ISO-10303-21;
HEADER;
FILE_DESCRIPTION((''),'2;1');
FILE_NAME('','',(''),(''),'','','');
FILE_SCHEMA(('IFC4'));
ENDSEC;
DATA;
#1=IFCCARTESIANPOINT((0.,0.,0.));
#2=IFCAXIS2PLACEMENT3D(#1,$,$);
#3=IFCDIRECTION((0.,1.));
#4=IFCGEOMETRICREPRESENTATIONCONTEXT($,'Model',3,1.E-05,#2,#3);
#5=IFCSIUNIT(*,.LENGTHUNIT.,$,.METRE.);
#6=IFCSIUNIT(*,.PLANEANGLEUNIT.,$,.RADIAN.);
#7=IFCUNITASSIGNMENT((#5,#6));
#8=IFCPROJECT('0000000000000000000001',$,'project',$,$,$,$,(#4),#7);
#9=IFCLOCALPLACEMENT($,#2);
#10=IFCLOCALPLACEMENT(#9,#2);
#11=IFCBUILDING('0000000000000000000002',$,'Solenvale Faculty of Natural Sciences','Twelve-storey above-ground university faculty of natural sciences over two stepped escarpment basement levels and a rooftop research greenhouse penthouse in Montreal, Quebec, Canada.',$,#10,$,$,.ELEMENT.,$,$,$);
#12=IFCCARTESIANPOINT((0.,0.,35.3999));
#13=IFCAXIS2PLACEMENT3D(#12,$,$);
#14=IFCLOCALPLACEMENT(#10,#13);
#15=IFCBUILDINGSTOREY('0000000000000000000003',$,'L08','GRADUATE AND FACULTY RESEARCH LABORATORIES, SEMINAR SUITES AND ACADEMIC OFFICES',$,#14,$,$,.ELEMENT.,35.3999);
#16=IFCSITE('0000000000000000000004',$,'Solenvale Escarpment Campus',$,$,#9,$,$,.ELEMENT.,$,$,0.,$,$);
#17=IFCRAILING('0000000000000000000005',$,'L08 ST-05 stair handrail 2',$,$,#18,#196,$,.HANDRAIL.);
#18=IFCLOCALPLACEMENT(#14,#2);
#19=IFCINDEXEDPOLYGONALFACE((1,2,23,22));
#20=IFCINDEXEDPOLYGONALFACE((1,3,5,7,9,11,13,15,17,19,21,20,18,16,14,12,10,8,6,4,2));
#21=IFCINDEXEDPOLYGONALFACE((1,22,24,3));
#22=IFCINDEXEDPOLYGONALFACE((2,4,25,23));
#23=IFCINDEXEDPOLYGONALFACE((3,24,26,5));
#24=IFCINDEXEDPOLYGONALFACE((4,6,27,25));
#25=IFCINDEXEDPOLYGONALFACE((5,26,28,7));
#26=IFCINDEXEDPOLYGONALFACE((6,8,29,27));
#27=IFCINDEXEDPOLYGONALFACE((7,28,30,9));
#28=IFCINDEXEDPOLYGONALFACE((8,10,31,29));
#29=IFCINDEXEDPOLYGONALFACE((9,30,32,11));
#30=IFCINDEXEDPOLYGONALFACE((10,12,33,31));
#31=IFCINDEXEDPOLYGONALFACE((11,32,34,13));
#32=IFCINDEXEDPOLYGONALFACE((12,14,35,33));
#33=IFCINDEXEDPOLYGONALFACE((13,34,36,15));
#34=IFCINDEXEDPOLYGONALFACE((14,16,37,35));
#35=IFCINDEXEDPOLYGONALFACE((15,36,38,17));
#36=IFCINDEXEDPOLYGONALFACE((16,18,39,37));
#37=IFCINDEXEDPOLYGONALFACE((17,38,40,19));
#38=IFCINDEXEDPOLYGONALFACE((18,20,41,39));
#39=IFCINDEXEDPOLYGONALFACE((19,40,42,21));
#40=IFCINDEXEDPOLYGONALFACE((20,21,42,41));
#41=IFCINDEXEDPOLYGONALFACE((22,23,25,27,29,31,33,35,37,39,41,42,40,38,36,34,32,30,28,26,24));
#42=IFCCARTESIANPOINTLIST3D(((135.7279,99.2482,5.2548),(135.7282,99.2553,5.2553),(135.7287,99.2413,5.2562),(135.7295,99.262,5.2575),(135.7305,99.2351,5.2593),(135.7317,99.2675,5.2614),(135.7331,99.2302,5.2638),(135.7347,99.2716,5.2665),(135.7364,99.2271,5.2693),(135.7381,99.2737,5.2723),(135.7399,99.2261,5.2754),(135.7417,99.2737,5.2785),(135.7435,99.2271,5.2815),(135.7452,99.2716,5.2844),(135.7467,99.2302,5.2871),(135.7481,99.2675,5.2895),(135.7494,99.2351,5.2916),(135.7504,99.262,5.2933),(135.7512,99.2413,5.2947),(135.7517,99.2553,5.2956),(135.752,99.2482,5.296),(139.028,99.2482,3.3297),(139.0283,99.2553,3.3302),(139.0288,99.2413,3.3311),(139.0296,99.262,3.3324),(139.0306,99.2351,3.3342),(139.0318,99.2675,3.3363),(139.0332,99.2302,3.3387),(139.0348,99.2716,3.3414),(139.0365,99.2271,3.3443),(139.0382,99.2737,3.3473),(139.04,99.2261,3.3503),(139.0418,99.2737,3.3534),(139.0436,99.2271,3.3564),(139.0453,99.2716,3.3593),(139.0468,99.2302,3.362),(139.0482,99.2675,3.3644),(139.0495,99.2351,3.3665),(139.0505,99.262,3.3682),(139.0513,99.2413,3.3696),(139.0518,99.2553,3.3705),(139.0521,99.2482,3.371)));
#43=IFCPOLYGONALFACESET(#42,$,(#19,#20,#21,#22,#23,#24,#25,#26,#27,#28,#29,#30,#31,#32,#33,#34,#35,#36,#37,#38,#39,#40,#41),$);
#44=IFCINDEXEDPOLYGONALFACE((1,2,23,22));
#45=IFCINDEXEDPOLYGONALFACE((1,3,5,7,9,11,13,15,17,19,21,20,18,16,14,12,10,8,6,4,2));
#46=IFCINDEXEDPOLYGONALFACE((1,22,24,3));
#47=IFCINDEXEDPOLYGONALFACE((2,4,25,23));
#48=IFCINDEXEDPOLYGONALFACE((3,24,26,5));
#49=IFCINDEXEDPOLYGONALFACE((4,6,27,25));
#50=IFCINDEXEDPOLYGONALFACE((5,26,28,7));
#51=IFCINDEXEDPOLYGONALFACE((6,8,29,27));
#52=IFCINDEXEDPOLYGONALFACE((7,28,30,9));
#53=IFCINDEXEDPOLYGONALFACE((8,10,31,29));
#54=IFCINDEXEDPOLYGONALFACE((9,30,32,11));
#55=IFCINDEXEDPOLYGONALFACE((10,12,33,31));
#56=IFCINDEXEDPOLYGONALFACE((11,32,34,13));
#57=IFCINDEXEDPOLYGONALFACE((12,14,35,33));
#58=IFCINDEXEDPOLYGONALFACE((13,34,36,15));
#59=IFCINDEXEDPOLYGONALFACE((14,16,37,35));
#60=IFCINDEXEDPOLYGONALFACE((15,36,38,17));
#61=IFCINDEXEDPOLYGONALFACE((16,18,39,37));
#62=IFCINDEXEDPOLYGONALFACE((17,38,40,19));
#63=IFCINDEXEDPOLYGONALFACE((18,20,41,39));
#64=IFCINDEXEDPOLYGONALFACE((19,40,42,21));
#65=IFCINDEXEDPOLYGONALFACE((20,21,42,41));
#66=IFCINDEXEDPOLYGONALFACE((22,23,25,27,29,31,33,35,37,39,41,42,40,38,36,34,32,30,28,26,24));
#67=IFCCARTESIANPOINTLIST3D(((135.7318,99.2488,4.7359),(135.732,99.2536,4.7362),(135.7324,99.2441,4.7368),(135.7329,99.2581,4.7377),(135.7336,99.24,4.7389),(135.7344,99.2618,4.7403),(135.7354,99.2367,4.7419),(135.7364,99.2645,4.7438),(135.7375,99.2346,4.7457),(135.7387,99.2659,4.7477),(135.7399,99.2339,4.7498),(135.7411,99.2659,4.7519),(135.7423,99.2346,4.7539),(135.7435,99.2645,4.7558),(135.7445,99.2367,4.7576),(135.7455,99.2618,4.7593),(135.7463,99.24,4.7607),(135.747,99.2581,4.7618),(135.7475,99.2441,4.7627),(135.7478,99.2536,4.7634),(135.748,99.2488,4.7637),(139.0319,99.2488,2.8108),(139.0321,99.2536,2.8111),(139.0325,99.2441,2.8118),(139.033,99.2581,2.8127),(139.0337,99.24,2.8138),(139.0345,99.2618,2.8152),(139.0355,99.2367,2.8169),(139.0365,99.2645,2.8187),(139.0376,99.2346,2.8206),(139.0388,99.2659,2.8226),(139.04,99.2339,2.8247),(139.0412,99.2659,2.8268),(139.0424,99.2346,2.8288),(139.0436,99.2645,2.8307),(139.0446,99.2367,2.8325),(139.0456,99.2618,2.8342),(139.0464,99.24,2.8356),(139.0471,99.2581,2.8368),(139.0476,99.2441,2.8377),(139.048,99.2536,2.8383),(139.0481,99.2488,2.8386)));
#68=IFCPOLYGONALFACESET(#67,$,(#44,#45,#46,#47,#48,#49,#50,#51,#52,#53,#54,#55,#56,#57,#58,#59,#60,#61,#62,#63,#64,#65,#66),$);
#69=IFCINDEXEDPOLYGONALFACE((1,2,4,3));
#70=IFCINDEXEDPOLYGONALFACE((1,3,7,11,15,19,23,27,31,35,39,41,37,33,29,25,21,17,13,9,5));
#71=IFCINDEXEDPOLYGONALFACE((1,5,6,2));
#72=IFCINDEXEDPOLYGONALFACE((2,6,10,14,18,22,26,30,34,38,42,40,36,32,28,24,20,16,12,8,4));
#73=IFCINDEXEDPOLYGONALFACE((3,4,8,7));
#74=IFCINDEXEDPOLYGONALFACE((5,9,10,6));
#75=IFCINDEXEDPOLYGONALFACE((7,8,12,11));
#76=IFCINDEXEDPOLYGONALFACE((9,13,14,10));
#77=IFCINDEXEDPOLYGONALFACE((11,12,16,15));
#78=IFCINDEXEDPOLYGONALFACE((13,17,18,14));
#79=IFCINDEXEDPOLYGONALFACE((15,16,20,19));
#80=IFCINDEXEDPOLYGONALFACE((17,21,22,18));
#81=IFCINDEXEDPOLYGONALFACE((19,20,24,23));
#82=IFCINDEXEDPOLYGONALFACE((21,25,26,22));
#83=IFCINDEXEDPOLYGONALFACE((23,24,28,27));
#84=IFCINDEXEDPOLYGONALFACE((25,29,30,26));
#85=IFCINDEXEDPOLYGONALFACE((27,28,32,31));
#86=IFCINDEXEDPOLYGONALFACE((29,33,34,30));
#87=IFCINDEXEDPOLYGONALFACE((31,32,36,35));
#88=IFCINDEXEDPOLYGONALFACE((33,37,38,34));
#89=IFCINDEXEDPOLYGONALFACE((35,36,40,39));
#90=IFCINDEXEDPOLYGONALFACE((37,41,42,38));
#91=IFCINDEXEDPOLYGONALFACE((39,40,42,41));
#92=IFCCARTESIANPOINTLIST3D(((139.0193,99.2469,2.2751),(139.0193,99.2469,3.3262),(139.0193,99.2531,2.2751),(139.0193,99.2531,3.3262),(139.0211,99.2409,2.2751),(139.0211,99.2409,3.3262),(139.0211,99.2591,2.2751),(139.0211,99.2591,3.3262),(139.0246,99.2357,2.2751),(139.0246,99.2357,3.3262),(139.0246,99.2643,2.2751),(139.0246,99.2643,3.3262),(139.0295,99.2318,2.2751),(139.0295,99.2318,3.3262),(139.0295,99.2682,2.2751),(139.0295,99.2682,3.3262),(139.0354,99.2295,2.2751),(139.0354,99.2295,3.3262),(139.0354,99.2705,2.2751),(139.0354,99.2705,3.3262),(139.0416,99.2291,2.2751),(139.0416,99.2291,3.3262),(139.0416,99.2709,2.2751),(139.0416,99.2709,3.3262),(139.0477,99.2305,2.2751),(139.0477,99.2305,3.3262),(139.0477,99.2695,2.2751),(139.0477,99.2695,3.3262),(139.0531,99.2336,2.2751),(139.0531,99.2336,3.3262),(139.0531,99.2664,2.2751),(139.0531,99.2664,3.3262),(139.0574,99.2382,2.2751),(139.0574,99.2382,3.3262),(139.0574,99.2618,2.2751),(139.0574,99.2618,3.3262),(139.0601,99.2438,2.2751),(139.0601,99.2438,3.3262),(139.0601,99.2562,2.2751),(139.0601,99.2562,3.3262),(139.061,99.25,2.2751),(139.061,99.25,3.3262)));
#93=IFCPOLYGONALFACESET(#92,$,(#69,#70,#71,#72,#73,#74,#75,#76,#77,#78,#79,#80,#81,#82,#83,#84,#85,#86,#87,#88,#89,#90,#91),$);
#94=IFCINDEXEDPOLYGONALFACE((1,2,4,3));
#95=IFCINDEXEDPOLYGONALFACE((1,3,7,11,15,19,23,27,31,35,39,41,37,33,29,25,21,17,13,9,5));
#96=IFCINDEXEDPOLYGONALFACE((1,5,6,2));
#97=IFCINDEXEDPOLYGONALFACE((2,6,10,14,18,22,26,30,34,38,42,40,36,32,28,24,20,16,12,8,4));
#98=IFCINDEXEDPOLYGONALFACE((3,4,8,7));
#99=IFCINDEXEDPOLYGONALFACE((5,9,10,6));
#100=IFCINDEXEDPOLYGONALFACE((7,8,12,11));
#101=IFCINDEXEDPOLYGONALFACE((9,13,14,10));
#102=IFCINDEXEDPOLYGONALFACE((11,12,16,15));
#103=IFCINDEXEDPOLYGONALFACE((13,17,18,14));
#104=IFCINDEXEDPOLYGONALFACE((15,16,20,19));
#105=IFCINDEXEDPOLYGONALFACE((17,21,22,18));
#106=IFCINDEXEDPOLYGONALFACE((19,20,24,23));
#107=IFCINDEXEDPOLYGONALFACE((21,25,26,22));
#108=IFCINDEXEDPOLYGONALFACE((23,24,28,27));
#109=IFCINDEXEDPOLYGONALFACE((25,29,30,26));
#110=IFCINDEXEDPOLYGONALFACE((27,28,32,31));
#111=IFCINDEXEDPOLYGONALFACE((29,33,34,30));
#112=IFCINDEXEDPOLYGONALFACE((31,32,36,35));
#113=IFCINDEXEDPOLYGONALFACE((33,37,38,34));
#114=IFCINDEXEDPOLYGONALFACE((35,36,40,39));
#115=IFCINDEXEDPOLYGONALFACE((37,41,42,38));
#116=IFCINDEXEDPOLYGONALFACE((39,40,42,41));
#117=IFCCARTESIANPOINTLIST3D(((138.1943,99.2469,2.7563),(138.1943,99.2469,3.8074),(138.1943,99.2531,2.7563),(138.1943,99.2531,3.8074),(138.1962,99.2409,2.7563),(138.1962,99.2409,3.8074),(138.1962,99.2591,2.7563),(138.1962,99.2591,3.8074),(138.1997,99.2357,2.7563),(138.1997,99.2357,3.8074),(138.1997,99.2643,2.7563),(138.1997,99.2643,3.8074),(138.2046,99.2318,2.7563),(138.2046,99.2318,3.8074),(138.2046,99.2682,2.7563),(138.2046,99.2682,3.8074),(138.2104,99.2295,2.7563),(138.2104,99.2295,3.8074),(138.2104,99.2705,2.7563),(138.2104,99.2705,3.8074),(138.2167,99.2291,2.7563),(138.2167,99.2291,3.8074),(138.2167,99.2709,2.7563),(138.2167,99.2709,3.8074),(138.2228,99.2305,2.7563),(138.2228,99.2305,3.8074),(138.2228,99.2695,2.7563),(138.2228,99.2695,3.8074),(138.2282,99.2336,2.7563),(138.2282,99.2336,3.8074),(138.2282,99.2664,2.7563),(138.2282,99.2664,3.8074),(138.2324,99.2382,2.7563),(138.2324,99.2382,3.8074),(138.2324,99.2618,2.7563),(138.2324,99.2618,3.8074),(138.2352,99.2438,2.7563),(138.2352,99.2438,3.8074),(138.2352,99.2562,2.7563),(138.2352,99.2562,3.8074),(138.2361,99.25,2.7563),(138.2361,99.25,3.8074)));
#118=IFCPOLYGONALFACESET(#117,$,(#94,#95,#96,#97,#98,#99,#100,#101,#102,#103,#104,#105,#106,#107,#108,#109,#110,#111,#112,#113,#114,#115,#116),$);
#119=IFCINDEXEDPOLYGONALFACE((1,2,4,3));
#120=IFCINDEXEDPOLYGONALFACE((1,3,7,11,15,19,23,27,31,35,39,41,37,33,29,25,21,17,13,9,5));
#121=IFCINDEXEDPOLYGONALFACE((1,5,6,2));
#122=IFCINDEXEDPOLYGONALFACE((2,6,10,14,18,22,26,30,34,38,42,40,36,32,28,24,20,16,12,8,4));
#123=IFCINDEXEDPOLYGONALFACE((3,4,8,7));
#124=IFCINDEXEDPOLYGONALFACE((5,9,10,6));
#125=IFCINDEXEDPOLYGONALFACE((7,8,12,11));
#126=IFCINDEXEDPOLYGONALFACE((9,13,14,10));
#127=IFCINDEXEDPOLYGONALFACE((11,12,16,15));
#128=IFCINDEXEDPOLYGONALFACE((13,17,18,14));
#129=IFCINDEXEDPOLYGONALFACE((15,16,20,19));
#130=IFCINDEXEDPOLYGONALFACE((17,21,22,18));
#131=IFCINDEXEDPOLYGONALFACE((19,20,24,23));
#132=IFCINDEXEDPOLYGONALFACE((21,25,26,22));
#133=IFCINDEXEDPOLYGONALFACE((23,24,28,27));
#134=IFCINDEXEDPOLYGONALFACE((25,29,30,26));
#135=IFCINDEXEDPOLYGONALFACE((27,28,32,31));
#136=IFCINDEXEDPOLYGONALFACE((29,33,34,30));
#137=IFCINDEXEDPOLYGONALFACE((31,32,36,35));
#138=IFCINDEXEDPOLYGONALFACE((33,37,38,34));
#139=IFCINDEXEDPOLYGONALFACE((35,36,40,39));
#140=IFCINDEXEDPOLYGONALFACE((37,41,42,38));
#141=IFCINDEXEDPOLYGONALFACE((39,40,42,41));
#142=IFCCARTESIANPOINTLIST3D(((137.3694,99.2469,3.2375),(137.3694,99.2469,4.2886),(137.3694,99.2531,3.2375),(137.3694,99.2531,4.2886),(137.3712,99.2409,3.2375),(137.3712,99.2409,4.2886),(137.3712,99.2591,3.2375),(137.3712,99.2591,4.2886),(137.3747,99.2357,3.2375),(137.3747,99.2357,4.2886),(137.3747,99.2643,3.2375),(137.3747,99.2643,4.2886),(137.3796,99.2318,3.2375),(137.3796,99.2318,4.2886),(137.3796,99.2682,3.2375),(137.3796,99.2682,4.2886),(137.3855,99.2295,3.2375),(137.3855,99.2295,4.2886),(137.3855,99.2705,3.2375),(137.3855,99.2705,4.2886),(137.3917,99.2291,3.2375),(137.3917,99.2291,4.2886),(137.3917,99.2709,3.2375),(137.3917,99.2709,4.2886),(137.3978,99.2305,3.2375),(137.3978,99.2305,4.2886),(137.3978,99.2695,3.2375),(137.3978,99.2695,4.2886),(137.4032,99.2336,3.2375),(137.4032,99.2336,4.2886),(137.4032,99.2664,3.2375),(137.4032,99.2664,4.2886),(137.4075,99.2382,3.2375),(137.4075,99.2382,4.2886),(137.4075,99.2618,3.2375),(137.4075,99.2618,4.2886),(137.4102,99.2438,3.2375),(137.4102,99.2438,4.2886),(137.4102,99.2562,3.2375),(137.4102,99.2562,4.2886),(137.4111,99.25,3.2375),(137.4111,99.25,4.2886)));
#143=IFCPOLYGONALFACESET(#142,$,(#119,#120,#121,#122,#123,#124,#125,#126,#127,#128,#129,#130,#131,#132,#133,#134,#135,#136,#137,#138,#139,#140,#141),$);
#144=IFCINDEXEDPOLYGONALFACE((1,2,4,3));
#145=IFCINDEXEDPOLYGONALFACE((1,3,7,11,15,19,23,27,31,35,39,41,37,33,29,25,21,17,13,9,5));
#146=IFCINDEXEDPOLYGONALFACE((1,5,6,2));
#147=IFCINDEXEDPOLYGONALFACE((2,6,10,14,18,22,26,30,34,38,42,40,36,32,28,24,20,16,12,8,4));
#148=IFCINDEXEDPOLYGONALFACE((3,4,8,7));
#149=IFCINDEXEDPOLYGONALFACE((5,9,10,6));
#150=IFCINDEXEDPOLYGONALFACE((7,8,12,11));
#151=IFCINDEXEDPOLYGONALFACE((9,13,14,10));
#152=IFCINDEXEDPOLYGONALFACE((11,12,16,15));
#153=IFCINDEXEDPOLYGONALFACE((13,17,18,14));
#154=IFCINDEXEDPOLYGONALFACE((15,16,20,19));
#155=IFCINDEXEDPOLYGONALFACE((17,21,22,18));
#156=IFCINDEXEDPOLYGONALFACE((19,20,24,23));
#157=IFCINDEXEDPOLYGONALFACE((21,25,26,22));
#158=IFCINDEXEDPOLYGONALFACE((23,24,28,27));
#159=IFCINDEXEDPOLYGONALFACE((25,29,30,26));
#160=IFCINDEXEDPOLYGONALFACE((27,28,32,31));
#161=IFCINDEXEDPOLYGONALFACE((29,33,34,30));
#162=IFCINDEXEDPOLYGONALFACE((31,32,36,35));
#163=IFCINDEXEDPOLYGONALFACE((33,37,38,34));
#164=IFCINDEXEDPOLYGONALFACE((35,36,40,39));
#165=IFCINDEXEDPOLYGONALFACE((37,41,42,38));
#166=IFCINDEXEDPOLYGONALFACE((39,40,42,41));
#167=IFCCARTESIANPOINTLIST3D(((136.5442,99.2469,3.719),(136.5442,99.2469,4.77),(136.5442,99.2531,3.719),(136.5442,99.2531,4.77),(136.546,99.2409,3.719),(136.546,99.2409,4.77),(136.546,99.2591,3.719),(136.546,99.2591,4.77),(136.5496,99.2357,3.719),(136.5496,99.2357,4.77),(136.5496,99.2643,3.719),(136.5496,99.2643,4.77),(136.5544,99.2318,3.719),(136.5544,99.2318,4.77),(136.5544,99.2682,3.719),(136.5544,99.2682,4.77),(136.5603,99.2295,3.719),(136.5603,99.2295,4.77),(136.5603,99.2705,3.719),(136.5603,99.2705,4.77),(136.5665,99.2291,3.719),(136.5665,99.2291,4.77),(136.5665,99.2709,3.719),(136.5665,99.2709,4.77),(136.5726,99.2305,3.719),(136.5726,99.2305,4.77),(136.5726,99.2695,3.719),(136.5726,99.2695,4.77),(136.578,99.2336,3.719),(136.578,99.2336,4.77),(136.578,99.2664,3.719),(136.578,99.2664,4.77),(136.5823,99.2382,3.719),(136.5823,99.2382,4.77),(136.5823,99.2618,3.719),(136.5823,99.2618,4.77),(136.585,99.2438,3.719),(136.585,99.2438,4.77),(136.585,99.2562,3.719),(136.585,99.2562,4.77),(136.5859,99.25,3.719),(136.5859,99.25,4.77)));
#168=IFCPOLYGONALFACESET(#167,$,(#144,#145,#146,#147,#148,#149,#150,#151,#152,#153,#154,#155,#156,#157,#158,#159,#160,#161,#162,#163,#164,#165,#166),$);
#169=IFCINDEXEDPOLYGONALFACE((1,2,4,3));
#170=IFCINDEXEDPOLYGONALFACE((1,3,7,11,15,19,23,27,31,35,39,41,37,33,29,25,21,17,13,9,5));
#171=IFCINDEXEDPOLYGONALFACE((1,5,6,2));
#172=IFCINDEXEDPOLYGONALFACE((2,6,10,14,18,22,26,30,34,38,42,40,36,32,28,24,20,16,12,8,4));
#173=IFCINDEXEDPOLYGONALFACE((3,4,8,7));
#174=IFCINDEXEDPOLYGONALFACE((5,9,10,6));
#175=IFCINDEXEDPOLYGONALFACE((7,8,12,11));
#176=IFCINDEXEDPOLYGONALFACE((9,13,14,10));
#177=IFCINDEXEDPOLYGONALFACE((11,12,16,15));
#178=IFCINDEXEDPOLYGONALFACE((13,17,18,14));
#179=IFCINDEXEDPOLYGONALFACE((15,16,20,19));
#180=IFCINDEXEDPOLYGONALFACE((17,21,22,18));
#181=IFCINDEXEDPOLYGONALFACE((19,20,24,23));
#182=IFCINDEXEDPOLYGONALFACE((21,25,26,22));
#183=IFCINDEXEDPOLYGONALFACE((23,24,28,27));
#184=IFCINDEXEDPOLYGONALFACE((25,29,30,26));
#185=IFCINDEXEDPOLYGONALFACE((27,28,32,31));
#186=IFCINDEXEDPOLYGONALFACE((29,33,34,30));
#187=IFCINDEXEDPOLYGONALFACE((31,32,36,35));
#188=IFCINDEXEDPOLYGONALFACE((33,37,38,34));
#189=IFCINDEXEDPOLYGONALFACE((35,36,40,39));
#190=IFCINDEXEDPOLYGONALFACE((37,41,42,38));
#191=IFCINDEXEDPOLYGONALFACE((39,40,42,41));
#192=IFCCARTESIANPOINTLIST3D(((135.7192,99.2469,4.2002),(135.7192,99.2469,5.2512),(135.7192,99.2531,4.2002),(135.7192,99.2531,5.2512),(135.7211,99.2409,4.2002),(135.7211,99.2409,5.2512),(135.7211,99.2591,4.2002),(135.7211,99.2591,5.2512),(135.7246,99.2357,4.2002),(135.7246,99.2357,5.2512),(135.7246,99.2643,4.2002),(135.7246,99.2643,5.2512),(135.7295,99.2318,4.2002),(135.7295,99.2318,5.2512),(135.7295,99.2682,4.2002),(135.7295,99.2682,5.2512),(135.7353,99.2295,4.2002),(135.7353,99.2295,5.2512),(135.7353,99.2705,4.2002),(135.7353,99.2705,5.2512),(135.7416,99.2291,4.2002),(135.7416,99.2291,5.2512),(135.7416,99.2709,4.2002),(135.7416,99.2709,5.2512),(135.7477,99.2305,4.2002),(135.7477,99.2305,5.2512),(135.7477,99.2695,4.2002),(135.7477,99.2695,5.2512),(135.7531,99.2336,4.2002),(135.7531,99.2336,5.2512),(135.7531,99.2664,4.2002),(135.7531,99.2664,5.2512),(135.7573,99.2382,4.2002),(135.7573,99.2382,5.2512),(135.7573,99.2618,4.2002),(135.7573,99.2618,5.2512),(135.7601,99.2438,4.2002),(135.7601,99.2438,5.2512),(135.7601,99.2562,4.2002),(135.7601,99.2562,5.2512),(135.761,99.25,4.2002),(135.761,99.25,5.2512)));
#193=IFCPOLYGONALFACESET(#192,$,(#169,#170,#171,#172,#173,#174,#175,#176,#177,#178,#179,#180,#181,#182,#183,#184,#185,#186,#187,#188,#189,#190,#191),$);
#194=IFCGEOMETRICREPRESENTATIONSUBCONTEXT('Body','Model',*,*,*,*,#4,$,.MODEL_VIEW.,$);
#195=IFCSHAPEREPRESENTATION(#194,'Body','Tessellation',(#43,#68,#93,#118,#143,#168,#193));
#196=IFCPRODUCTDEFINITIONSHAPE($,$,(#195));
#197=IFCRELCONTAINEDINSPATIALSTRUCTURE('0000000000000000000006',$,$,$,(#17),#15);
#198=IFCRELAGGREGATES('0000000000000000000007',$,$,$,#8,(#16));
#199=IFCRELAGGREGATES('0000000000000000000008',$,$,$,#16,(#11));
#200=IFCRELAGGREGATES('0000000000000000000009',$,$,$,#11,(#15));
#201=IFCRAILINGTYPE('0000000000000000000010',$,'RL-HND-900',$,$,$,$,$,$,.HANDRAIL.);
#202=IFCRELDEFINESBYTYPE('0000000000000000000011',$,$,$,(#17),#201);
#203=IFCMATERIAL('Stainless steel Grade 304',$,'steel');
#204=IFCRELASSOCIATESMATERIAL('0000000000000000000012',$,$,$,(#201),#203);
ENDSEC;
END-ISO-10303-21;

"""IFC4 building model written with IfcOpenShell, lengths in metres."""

from ifc_helpers import new_model, si_unit, direction, frame, origin, origin_2d, place, context, subcontext, project, spatial, circle, extrude, material, type_object, element, save


model = new_model("IFC4")

# Units and contexts
model_context = context("Model", 3, precision=1e-05, world=origin(), true_north=direction((0.0, 1.0)))
body_context = subcontext(model_context, "Body", "Model", "MODEL_VIEW")
ifc_project = project(units=[si_unit("LENGTHUNIT", "METRE"), si_unit("PLANEANGLEUNIT", "RADIAN")], contexts=[model_context])

# Site, building, storey
site_placement = place(None, origin())
site = spatial("IfcSite", under=ifc_project, at=site_placement, Name="Solenvale Escarpment Campus", CompositionType="ELEMENT", RefElevation=0.0)
building_placement = place(site_placement, origin())
building = spatial("IfcBuilding", under=site, at=building_placement, Name="Solenvale Faculty of Natural Sciences", Description="Twelve-storey above-ground university faculty of natural sciences over two stepped escarpment basement levels and a rooftop research greenhouse penthouse in Montreal, Quebec, Canada.", CompositionType="ELEMENT")
storey_placement = place(building_placement, frame((0.0, 0.0, 35.3999)))
storey = spatial("IfcBuildingStorey", under=building, at=storey_placement, Name="L08", Description="GRADUATE AND FACULTY RESEARCH LABORATORIES, SEMINAR SUITES AND ACADEMIC OFFICES", CompositionType="ELEMENT", Elevation=35.3999)

# Shared definitions
ifc_material_1 = material(Name="Stainless steel Grade 304", Category="steel")

# Railing
railing_type_1 = type_object("IfcRailingType", Name="RL-HND-900", PredefinedType="HANDRAIL", material=ifc_material_1)
railing_1_placement = place(storey_placement, frame((139.04, 99.25, 2.2751)))
element("IfcRailing", 1, at=railing_1_placement, inside=storey, type_object=railing_type_1, Name="L08 ST-05 stair handrail 2", PredefinedType="HANDRAIL", context=body_context, shape_type="SweptSolid", body=[
    extrude(circle(Radius=0.0239, at=origin_2d()), frame((0.0, 0.0, 1.0752), z_axis=(-0.863777, 0.0, 0.503875), x_axis=(0.0, -1.0, 0.0)), (0.0, 0.0, 1.0), 3.8206),
    extrude(circle(Radius=0.0161, at=origin_2d()), frame((0.0, 0.0, 0.5496), z_axis=(-0.863777, 0.0, 0.503875), x_axis=(0.0, -1.0, 0.0)), (0.0, 0.0, 1.0), 3.8206),
    extrude(circle(Radius=0.021, at=origin_2d()), origin(), (0.0, 0.0, 1.0), 1.051),
    extrude(circle(Radius=0.021, at=origin_2d()), frame((-0.825, 0.0, 0.4812)), (0.0, 0.0, 1.0), 1.051),
    extrude(circle(Radius=0.021, at=origin_2d()), frame((-1.6499, 0.0, 0.9624)), (0.0, 0.0, 1.0), 1.051),
    extrude(circle(Radius=0.021, at=origin_2d()), frame((-2.4751, 0.0, 1.4438)), (0.0, 0.0, 1.0), 1.051),
    extrude(circle(Radius=0.021, at=origin_2d()), frame((-3.3, 0.0, 1.925)), (0.0, 0.0, 1.0), 1.051),
])

save(model, "model.ifc")
